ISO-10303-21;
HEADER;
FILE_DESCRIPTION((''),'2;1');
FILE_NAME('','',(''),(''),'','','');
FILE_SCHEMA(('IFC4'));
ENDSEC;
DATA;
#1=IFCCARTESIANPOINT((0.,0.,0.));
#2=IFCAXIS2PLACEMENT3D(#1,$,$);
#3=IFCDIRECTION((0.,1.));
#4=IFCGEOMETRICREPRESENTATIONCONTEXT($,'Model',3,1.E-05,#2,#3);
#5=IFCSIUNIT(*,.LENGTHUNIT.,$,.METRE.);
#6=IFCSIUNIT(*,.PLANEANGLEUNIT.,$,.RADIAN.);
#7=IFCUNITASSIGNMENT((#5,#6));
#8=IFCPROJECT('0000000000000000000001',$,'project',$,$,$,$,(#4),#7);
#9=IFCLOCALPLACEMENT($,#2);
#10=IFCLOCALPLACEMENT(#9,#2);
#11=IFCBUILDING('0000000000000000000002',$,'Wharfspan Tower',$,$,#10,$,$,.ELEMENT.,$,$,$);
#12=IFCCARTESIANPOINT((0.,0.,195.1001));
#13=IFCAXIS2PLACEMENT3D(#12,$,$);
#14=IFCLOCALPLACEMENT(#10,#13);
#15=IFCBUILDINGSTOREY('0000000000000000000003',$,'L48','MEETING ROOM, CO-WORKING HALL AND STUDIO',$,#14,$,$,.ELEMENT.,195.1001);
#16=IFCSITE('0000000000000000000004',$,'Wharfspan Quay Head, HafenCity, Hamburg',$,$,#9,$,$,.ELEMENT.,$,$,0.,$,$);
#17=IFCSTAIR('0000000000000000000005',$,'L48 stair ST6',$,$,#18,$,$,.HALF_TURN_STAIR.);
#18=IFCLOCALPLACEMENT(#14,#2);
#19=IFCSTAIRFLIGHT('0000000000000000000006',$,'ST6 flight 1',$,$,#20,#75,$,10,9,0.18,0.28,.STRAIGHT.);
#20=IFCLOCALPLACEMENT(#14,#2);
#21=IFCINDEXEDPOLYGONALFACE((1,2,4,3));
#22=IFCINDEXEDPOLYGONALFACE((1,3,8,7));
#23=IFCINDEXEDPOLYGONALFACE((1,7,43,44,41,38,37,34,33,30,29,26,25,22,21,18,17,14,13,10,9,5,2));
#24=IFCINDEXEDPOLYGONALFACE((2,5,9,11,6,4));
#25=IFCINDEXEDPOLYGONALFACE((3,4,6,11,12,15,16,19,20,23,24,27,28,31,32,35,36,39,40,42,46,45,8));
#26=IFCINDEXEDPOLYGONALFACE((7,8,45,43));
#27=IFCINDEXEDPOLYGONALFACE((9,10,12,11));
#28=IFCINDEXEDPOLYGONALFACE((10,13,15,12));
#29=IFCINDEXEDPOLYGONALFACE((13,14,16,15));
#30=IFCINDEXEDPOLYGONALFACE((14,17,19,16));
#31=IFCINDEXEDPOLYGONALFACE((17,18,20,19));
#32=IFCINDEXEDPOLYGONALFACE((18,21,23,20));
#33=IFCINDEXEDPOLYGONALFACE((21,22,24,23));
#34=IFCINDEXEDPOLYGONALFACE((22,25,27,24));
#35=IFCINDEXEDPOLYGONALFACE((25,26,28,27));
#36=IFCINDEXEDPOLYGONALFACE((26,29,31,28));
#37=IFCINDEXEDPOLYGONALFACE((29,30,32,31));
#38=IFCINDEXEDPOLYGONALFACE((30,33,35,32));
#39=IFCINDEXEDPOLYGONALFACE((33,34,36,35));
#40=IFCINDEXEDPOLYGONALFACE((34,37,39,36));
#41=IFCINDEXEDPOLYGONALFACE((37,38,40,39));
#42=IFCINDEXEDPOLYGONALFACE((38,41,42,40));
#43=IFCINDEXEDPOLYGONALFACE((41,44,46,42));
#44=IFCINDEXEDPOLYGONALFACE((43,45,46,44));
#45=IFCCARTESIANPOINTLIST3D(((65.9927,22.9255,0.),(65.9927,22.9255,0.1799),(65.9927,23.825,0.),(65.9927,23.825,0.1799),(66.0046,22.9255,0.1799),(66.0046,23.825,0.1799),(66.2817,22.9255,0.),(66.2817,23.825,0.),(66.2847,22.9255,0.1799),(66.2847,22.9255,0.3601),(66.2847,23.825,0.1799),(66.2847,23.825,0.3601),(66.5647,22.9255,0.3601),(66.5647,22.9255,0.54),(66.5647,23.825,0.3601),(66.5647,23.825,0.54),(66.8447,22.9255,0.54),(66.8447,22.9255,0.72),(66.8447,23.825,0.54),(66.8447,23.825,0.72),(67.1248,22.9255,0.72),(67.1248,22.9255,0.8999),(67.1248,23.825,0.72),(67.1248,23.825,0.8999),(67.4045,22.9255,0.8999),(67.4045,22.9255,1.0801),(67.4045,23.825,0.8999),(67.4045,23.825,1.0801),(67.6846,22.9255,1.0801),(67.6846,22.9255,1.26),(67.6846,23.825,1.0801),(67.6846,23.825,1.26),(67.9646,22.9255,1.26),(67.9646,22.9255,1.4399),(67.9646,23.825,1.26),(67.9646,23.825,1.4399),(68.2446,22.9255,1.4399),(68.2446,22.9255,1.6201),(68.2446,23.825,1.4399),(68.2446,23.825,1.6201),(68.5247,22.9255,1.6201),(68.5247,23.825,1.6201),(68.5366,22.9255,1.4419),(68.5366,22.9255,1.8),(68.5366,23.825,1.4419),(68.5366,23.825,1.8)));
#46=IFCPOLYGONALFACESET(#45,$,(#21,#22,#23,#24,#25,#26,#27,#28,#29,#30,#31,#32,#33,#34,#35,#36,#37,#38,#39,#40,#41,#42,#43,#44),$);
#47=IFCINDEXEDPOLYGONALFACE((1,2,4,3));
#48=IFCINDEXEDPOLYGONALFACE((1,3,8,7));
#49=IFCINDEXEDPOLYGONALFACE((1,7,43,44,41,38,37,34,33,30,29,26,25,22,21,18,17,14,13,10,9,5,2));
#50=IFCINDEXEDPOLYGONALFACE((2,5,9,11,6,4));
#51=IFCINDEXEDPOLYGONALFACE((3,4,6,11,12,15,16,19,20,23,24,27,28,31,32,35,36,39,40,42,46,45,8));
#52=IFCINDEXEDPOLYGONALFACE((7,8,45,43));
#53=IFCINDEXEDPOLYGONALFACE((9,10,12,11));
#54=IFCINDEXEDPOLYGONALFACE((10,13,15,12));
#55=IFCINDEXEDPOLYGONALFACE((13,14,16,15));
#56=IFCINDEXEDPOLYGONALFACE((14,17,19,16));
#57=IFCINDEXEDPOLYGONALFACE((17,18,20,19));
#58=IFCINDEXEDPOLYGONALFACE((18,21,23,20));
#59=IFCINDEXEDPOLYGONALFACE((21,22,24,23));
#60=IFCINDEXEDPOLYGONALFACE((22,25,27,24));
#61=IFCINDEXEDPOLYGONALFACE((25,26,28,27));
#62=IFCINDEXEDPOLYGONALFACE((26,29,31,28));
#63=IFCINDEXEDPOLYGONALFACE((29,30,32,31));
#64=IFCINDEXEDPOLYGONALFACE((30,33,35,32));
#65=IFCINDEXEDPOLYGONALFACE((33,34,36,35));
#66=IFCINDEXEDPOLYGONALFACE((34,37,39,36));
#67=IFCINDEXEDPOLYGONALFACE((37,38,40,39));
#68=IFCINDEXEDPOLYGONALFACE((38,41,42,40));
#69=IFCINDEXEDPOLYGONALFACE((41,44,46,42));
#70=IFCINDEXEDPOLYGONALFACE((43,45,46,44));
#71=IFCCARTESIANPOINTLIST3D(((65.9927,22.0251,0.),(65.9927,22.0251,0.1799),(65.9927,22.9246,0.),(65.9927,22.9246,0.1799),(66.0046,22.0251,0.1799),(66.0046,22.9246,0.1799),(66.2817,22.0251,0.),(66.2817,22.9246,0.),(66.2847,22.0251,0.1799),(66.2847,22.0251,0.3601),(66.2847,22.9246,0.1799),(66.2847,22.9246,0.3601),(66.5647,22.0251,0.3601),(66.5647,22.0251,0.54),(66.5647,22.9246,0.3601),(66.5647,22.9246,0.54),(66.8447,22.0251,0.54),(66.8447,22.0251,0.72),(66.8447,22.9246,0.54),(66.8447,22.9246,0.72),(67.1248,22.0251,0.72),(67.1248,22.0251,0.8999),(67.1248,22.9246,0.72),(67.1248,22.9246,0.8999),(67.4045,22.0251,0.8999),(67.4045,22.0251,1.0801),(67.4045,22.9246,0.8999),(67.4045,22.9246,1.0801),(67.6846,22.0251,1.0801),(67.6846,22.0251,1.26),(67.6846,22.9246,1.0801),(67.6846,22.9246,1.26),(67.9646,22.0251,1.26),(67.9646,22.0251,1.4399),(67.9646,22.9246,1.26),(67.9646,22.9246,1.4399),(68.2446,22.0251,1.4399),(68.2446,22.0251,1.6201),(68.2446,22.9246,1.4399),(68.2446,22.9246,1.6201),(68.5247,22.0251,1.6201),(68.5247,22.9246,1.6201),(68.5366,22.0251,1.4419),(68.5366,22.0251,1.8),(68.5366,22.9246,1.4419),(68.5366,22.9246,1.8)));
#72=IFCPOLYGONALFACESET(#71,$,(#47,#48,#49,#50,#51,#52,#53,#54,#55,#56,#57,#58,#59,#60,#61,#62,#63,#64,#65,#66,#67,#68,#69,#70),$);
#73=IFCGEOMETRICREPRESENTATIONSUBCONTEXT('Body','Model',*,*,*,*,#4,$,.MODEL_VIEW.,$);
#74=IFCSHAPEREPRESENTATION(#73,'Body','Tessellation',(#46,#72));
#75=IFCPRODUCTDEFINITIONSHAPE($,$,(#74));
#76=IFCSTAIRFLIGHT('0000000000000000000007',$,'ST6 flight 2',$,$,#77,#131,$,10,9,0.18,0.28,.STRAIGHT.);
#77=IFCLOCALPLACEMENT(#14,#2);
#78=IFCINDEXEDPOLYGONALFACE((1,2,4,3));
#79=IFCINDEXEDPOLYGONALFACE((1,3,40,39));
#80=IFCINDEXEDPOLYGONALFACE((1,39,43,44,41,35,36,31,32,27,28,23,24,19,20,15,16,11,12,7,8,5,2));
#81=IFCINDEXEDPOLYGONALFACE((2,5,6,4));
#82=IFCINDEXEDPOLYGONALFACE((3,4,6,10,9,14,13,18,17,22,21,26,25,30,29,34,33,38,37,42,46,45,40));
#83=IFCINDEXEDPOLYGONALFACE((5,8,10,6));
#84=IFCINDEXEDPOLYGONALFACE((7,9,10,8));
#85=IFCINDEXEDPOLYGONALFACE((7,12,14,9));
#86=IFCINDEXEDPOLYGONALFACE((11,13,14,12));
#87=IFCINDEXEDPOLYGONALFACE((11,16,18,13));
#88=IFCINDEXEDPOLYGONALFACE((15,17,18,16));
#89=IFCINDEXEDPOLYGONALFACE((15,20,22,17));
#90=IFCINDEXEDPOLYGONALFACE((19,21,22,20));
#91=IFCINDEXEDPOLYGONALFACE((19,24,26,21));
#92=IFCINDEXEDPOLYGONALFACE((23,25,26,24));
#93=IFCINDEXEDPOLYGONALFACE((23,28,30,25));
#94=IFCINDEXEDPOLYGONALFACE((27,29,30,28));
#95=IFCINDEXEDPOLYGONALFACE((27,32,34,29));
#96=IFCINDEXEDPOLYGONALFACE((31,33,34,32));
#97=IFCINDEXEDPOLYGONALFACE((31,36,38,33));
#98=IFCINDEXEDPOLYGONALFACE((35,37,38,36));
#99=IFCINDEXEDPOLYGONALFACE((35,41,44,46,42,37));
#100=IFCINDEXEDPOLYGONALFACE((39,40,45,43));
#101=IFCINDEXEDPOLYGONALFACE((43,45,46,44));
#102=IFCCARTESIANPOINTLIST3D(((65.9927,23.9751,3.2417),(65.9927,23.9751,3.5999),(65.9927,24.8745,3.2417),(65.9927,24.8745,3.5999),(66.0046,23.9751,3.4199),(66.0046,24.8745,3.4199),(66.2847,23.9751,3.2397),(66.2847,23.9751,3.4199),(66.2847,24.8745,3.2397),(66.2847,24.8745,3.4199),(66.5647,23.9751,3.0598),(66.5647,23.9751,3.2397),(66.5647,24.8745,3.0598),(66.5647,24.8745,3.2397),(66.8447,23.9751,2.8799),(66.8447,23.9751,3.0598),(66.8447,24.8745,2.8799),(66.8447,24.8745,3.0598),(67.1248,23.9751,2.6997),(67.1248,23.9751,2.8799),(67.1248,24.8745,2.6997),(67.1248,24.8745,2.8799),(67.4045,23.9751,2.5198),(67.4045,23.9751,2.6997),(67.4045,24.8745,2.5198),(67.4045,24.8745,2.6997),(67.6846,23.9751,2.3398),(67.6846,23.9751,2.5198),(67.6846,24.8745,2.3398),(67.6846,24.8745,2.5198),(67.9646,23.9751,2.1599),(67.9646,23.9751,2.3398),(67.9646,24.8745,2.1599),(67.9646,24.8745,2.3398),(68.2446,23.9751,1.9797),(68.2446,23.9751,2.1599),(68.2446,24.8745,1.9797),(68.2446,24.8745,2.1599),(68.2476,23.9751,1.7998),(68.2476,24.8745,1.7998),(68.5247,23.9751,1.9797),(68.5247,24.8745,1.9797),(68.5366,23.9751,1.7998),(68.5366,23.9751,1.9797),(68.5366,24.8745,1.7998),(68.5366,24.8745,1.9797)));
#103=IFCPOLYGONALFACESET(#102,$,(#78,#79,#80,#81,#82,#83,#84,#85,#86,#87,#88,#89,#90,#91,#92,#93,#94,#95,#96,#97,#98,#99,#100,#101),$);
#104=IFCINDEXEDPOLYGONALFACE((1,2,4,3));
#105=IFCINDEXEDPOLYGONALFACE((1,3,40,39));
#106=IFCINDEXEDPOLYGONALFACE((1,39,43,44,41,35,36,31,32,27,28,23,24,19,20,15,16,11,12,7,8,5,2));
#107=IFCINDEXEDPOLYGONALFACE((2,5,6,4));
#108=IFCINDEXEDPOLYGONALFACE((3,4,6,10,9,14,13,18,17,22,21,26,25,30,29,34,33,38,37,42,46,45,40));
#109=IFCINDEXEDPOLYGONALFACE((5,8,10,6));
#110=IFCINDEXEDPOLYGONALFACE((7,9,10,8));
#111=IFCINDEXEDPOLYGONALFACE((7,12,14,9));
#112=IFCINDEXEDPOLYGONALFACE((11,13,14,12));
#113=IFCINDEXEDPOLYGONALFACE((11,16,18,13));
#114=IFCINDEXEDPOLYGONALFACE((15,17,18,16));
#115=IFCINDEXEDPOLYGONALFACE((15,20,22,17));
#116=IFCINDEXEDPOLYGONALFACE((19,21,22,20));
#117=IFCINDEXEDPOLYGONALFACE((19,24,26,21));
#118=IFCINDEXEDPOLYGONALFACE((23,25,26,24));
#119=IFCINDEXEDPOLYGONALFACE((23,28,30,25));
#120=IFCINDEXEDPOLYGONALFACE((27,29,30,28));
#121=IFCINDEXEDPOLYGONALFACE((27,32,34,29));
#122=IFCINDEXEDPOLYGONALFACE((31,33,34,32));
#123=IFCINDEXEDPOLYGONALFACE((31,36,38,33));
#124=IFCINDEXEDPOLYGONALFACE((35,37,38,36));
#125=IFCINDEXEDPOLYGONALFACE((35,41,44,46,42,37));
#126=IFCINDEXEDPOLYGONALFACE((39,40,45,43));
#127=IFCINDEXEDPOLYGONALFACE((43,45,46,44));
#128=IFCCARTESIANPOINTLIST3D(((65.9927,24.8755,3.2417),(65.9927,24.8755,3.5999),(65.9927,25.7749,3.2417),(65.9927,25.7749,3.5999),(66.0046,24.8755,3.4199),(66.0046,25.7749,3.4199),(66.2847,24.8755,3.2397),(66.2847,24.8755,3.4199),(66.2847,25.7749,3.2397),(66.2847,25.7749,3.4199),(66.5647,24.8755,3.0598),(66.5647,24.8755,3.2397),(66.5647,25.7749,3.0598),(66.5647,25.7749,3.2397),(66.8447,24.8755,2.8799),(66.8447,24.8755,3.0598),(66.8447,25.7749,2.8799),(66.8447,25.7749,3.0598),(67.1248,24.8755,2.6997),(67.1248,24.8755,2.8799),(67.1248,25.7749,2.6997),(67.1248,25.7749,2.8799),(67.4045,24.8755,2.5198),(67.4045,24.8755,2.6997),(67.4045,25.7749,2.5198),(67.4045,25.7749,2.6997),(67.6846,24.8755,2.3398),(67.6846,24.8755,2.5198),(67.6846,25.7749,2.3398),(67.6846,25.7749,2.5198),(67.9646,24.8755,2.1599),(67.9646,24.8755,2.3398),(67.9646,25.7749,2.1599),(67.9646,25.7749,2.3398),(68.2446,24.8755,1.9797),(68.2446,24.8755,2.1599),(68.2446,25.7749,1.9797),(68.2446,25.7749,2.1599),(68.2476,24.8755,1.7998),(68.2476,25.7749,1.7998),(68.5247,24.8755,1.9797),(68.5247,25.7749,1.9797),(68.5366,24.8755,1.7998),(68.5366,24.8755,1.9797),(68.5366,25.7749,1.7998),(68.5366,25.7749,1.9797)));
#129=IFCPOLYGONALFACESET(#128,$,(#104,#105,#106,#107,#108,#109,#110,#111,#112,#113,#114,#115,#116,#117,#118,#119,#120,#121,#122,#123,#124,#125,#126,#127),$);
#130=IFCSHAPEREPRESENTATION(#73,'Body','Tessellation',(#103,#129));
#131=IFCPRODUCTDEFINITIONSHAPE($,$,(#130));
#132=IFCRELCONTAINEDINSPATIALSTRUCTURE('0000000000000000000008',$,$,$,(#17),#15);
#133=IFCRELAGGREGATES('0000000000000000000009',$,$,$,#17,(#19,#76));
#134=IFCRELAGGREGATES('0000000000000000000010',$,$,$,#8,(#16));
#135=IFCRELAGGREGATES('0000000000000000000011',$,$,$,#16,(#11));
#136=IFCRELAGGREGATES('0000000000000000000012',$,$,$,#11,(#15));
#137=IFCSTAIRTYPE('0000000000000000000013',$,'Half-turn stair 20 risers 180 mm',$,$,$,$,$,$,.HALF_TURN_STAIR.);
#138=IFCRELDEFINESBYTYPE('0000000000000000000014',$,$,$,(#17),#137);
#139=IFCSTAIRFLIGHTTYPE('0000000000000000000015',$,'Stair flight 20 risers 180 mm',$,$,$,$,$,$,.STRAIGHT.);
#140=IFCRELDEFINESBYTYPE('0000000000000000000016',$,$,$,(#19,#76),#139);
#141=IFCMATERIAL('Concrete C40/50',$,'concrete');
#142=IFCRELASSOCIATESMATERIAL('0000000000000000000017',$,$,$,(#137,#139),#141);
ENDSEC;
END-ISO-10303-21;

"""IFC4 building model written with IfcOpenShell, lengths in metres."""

from ifc_helpers import new_model, si_unit, direction, frame, origin, place, context, subcontext, project, spatial, polyline, outline, extrude, material, type_object, element, aggregate, save


model = new_model("IFC4")

# Units and contexts
model_context = context("Model", 3, precision=1e-05, world=origin(), true_north=direction((0.0, 1.0)))
body_context = subcontext(model_context, "Body", "Model", "MODEL_VIEW")
ifc_project = project(units=[si_unit("LENGTHUNIT", "METRE"), si_unit("PLANEANGLEUNIT", "RADIAN")], contexts=[model_context])

# Site, building, storey
site_placement = place(None, origin())
site = spatial("IfcSite", under=ifc_project, at=site_placement, Name="Wharfspan Quay Head, HafenCity, Hamburg", CompositionType="ELEMENT", RefElevation=0.0)
building_placement = place(site_placement, origin())
building = spatial("IfcBuilding", under=site, at=building_placement, Name="Wharfspan Tower", CompositionType="ELEMENT")
storey_placement = place(building_placement, frame((0.0, 0.0, 195.1001)))
storey = spatial("IfcBuildingStorey", under=building, at=storey_placement, Name="L48", Description="MEETING ROOM, CO-WORKING HALL AND STUDIO", CompositionType="ELEMENT", Elevation=195.1001)

# Shared definitions
ifc_material_1 = material(Name="Concrete C40/50", Category="concrete")

# Stair, stair flights
stair_type = type_object("IfcStairType", Name="Half-turn stair 20 risers 180 mm", PredefinedType="HALF_TURN_STAIR", material=ifc_material_1)
stair_placement = place(storey_placement, origin())
stair = element("IfcStair", 1, at=stair_placement, inside=storey, type_object=stair_type, Name="L48 stair ST6", PredefinedType="HALF_TURN_STAIR")
stair_flight_type = type_object("IfcStairFlightType", Name="Stair flight 20 risers 180 mm", PredefinedType="STRAIGHT", material=ifc_material_1)
stair_flight_1_placement = place(storey_placement, frame((66.0046, 22.925, 0.0), z_axis=(0.0, 0.0, 1.0), x_axis=(1.0, 0.0, 0.0)))
stair_flight_1 = element("IfcStairFlight", 2, at=stair_flight_1_placement, type_object=stair_flight_type, Name="ST6 flight 1", NumberOfRisers=10, NumberOfTreads=9, PredefinedType="STRAIGHT", RiserHeight=0.18, TreadLength=0.28, context=body_context, shape_type="SweptSolid", body=[
    extrude(outline(polyline([(-0.012, 0.0), (-0.012, 0.1799), (0.0, 0.1799), (0.28, 0.1799), (0.28, 0.3601), (0.5601, 0.3601), (0.5601, 0.54), (0.8401, 0.54), (0.8401, 0.72), (1.1201, 0.72), (1.1201, 0.8999), (1.3999, 0.8999), (1.3999, 1.0801), (1.6799, 1.0801), (1.6799, 1.26), (1.96, 1.26), (1.96, 1.4399), (2.24, 1.4399), (2.24, 1.6201), (2.52, 1.6201), (2.532, 1.8), (2.532, 1.4419), (0.2771, 0.0), (-0.012, 0.0)])), frame((0.0, 0.8999, 0.0), z_axis=(0.0, -1.0, 0.0), x_axis=(1.0, 0.0, 0.0)), (0.0, 0.0, 1.0), 0.8994),
    extrude(outline(polyline([(-0.012, 0.0), (-0.012, 0.1799), (0.0, 0.1799), (0.28, 0.1799), (0.28, 0.3601), (0.5601, 0.3601), (0.5601, 0.54), (0.8401, 0.54), (0.8401, 0.72), (1.1201, 0.72), (1.1201, 0.8999), (1.3999, 0.8999), (1.3999, 1.0801), (1.6799, 1.0801), (1.6799, 1.26), (1.96, 1.26), (1.96, 1.4399), (2.24, 1.4399), (2.24, 1.6201), (2.52, 1.6201), (2.532, 1.8), (2.532, 1.4419), (0.2771, 0.0), (-0.012, 0.0)])), frame((0.0, -0.0005, 0.0), z_axis=(0.0, -1.0, 0.0), x_axis=(1.0, 0.0, 0.0)), (0.0, 0.0, 1.0), 0.8994),
])
stair_flight_2_placement = place(storey_placement, frame((68.5247, 24.875, 1.7998), z_axis=(0.0, 0.0, 1.0), x_axis=(-1.0, 0.0, 0.0)))
stair_flight_2 = element("IfcStairFlight", 3, at=stair_flight_2_placement, type_object=stair_flight_type, Name="ST6 flight 2", NumberOfRisers=10, NumberOfTreads=9, PredefinedType="STRAIGHT", RiserHeight=0.18, TreadLength=0.28, context=body_context, shape_type="SweptSolid", body=[
    extrude(outline(polyline([(-0.012, 0.0), (-0.012, 0.1799), (0.0, 0.1799), (0.28, 0.1799), (0.28, 0.3601), (0.5601, 0.3601), (0.5601, 0.54), (0.8401, 0.54), (0.8401, 0.72), (1.1201, 0.72), (1.1201, 0.8999), (1.3999, 0.8999), (1.3999, 1.0801), (1.6799, 1.0801), (1.6799, 1.26), (1.96, 1.26), (1.96, 1.4399), (2.24, 1.4399), (2.24, 1.6201), (2.52, 1.6201), (2.532, 1.8), (2.532, 1.4419), (0.2771, 0.0), (-0.012, 0.0)])), frame((0.0, 0.8999, 0.0), z_axis=(0.0, -1.0, 0.0), x_axis=(1.0, 0.0, 0.0)), (0.0, 0.0, 1.0), 0.8994),
    extrude(outline(polyline([(-0.012, 0.0), (-0.012, 0.1799), (0.0, 0.1799), (0.28, 0.1799), (0.28, 0.3601), (0.5601, 0.3601), (0.5601, 0.54), (0.8401, 0.54), (0.8401, 0.72), (1.1201, 0.72), (1.1201, 0.8999), (1.3999, 0.8999), (1.3999, 1.0801), (1.6799, 1.0801), (1.6799, 1.26), (1.96, 1.26), (1.96, 1.4399), (2.24, 1.4399), (2.24, 1.6201), (2.52, 1.6201), (2.532, 1.8), (2.532, 1.4419), (0.2771, 0.0), (-0.012, 0.0)])), frame((0.0, -0.0005, 0.0), z_axis=(0.0, -1.0, 0.0), x_axis=(1.0, 0.0, 0.0)), (0.0, 0.0, 1.0), 0.8994),
])
aggregate(stair, [stair_flight_1, stair_flight_2])

save(model, "model.ifc")
